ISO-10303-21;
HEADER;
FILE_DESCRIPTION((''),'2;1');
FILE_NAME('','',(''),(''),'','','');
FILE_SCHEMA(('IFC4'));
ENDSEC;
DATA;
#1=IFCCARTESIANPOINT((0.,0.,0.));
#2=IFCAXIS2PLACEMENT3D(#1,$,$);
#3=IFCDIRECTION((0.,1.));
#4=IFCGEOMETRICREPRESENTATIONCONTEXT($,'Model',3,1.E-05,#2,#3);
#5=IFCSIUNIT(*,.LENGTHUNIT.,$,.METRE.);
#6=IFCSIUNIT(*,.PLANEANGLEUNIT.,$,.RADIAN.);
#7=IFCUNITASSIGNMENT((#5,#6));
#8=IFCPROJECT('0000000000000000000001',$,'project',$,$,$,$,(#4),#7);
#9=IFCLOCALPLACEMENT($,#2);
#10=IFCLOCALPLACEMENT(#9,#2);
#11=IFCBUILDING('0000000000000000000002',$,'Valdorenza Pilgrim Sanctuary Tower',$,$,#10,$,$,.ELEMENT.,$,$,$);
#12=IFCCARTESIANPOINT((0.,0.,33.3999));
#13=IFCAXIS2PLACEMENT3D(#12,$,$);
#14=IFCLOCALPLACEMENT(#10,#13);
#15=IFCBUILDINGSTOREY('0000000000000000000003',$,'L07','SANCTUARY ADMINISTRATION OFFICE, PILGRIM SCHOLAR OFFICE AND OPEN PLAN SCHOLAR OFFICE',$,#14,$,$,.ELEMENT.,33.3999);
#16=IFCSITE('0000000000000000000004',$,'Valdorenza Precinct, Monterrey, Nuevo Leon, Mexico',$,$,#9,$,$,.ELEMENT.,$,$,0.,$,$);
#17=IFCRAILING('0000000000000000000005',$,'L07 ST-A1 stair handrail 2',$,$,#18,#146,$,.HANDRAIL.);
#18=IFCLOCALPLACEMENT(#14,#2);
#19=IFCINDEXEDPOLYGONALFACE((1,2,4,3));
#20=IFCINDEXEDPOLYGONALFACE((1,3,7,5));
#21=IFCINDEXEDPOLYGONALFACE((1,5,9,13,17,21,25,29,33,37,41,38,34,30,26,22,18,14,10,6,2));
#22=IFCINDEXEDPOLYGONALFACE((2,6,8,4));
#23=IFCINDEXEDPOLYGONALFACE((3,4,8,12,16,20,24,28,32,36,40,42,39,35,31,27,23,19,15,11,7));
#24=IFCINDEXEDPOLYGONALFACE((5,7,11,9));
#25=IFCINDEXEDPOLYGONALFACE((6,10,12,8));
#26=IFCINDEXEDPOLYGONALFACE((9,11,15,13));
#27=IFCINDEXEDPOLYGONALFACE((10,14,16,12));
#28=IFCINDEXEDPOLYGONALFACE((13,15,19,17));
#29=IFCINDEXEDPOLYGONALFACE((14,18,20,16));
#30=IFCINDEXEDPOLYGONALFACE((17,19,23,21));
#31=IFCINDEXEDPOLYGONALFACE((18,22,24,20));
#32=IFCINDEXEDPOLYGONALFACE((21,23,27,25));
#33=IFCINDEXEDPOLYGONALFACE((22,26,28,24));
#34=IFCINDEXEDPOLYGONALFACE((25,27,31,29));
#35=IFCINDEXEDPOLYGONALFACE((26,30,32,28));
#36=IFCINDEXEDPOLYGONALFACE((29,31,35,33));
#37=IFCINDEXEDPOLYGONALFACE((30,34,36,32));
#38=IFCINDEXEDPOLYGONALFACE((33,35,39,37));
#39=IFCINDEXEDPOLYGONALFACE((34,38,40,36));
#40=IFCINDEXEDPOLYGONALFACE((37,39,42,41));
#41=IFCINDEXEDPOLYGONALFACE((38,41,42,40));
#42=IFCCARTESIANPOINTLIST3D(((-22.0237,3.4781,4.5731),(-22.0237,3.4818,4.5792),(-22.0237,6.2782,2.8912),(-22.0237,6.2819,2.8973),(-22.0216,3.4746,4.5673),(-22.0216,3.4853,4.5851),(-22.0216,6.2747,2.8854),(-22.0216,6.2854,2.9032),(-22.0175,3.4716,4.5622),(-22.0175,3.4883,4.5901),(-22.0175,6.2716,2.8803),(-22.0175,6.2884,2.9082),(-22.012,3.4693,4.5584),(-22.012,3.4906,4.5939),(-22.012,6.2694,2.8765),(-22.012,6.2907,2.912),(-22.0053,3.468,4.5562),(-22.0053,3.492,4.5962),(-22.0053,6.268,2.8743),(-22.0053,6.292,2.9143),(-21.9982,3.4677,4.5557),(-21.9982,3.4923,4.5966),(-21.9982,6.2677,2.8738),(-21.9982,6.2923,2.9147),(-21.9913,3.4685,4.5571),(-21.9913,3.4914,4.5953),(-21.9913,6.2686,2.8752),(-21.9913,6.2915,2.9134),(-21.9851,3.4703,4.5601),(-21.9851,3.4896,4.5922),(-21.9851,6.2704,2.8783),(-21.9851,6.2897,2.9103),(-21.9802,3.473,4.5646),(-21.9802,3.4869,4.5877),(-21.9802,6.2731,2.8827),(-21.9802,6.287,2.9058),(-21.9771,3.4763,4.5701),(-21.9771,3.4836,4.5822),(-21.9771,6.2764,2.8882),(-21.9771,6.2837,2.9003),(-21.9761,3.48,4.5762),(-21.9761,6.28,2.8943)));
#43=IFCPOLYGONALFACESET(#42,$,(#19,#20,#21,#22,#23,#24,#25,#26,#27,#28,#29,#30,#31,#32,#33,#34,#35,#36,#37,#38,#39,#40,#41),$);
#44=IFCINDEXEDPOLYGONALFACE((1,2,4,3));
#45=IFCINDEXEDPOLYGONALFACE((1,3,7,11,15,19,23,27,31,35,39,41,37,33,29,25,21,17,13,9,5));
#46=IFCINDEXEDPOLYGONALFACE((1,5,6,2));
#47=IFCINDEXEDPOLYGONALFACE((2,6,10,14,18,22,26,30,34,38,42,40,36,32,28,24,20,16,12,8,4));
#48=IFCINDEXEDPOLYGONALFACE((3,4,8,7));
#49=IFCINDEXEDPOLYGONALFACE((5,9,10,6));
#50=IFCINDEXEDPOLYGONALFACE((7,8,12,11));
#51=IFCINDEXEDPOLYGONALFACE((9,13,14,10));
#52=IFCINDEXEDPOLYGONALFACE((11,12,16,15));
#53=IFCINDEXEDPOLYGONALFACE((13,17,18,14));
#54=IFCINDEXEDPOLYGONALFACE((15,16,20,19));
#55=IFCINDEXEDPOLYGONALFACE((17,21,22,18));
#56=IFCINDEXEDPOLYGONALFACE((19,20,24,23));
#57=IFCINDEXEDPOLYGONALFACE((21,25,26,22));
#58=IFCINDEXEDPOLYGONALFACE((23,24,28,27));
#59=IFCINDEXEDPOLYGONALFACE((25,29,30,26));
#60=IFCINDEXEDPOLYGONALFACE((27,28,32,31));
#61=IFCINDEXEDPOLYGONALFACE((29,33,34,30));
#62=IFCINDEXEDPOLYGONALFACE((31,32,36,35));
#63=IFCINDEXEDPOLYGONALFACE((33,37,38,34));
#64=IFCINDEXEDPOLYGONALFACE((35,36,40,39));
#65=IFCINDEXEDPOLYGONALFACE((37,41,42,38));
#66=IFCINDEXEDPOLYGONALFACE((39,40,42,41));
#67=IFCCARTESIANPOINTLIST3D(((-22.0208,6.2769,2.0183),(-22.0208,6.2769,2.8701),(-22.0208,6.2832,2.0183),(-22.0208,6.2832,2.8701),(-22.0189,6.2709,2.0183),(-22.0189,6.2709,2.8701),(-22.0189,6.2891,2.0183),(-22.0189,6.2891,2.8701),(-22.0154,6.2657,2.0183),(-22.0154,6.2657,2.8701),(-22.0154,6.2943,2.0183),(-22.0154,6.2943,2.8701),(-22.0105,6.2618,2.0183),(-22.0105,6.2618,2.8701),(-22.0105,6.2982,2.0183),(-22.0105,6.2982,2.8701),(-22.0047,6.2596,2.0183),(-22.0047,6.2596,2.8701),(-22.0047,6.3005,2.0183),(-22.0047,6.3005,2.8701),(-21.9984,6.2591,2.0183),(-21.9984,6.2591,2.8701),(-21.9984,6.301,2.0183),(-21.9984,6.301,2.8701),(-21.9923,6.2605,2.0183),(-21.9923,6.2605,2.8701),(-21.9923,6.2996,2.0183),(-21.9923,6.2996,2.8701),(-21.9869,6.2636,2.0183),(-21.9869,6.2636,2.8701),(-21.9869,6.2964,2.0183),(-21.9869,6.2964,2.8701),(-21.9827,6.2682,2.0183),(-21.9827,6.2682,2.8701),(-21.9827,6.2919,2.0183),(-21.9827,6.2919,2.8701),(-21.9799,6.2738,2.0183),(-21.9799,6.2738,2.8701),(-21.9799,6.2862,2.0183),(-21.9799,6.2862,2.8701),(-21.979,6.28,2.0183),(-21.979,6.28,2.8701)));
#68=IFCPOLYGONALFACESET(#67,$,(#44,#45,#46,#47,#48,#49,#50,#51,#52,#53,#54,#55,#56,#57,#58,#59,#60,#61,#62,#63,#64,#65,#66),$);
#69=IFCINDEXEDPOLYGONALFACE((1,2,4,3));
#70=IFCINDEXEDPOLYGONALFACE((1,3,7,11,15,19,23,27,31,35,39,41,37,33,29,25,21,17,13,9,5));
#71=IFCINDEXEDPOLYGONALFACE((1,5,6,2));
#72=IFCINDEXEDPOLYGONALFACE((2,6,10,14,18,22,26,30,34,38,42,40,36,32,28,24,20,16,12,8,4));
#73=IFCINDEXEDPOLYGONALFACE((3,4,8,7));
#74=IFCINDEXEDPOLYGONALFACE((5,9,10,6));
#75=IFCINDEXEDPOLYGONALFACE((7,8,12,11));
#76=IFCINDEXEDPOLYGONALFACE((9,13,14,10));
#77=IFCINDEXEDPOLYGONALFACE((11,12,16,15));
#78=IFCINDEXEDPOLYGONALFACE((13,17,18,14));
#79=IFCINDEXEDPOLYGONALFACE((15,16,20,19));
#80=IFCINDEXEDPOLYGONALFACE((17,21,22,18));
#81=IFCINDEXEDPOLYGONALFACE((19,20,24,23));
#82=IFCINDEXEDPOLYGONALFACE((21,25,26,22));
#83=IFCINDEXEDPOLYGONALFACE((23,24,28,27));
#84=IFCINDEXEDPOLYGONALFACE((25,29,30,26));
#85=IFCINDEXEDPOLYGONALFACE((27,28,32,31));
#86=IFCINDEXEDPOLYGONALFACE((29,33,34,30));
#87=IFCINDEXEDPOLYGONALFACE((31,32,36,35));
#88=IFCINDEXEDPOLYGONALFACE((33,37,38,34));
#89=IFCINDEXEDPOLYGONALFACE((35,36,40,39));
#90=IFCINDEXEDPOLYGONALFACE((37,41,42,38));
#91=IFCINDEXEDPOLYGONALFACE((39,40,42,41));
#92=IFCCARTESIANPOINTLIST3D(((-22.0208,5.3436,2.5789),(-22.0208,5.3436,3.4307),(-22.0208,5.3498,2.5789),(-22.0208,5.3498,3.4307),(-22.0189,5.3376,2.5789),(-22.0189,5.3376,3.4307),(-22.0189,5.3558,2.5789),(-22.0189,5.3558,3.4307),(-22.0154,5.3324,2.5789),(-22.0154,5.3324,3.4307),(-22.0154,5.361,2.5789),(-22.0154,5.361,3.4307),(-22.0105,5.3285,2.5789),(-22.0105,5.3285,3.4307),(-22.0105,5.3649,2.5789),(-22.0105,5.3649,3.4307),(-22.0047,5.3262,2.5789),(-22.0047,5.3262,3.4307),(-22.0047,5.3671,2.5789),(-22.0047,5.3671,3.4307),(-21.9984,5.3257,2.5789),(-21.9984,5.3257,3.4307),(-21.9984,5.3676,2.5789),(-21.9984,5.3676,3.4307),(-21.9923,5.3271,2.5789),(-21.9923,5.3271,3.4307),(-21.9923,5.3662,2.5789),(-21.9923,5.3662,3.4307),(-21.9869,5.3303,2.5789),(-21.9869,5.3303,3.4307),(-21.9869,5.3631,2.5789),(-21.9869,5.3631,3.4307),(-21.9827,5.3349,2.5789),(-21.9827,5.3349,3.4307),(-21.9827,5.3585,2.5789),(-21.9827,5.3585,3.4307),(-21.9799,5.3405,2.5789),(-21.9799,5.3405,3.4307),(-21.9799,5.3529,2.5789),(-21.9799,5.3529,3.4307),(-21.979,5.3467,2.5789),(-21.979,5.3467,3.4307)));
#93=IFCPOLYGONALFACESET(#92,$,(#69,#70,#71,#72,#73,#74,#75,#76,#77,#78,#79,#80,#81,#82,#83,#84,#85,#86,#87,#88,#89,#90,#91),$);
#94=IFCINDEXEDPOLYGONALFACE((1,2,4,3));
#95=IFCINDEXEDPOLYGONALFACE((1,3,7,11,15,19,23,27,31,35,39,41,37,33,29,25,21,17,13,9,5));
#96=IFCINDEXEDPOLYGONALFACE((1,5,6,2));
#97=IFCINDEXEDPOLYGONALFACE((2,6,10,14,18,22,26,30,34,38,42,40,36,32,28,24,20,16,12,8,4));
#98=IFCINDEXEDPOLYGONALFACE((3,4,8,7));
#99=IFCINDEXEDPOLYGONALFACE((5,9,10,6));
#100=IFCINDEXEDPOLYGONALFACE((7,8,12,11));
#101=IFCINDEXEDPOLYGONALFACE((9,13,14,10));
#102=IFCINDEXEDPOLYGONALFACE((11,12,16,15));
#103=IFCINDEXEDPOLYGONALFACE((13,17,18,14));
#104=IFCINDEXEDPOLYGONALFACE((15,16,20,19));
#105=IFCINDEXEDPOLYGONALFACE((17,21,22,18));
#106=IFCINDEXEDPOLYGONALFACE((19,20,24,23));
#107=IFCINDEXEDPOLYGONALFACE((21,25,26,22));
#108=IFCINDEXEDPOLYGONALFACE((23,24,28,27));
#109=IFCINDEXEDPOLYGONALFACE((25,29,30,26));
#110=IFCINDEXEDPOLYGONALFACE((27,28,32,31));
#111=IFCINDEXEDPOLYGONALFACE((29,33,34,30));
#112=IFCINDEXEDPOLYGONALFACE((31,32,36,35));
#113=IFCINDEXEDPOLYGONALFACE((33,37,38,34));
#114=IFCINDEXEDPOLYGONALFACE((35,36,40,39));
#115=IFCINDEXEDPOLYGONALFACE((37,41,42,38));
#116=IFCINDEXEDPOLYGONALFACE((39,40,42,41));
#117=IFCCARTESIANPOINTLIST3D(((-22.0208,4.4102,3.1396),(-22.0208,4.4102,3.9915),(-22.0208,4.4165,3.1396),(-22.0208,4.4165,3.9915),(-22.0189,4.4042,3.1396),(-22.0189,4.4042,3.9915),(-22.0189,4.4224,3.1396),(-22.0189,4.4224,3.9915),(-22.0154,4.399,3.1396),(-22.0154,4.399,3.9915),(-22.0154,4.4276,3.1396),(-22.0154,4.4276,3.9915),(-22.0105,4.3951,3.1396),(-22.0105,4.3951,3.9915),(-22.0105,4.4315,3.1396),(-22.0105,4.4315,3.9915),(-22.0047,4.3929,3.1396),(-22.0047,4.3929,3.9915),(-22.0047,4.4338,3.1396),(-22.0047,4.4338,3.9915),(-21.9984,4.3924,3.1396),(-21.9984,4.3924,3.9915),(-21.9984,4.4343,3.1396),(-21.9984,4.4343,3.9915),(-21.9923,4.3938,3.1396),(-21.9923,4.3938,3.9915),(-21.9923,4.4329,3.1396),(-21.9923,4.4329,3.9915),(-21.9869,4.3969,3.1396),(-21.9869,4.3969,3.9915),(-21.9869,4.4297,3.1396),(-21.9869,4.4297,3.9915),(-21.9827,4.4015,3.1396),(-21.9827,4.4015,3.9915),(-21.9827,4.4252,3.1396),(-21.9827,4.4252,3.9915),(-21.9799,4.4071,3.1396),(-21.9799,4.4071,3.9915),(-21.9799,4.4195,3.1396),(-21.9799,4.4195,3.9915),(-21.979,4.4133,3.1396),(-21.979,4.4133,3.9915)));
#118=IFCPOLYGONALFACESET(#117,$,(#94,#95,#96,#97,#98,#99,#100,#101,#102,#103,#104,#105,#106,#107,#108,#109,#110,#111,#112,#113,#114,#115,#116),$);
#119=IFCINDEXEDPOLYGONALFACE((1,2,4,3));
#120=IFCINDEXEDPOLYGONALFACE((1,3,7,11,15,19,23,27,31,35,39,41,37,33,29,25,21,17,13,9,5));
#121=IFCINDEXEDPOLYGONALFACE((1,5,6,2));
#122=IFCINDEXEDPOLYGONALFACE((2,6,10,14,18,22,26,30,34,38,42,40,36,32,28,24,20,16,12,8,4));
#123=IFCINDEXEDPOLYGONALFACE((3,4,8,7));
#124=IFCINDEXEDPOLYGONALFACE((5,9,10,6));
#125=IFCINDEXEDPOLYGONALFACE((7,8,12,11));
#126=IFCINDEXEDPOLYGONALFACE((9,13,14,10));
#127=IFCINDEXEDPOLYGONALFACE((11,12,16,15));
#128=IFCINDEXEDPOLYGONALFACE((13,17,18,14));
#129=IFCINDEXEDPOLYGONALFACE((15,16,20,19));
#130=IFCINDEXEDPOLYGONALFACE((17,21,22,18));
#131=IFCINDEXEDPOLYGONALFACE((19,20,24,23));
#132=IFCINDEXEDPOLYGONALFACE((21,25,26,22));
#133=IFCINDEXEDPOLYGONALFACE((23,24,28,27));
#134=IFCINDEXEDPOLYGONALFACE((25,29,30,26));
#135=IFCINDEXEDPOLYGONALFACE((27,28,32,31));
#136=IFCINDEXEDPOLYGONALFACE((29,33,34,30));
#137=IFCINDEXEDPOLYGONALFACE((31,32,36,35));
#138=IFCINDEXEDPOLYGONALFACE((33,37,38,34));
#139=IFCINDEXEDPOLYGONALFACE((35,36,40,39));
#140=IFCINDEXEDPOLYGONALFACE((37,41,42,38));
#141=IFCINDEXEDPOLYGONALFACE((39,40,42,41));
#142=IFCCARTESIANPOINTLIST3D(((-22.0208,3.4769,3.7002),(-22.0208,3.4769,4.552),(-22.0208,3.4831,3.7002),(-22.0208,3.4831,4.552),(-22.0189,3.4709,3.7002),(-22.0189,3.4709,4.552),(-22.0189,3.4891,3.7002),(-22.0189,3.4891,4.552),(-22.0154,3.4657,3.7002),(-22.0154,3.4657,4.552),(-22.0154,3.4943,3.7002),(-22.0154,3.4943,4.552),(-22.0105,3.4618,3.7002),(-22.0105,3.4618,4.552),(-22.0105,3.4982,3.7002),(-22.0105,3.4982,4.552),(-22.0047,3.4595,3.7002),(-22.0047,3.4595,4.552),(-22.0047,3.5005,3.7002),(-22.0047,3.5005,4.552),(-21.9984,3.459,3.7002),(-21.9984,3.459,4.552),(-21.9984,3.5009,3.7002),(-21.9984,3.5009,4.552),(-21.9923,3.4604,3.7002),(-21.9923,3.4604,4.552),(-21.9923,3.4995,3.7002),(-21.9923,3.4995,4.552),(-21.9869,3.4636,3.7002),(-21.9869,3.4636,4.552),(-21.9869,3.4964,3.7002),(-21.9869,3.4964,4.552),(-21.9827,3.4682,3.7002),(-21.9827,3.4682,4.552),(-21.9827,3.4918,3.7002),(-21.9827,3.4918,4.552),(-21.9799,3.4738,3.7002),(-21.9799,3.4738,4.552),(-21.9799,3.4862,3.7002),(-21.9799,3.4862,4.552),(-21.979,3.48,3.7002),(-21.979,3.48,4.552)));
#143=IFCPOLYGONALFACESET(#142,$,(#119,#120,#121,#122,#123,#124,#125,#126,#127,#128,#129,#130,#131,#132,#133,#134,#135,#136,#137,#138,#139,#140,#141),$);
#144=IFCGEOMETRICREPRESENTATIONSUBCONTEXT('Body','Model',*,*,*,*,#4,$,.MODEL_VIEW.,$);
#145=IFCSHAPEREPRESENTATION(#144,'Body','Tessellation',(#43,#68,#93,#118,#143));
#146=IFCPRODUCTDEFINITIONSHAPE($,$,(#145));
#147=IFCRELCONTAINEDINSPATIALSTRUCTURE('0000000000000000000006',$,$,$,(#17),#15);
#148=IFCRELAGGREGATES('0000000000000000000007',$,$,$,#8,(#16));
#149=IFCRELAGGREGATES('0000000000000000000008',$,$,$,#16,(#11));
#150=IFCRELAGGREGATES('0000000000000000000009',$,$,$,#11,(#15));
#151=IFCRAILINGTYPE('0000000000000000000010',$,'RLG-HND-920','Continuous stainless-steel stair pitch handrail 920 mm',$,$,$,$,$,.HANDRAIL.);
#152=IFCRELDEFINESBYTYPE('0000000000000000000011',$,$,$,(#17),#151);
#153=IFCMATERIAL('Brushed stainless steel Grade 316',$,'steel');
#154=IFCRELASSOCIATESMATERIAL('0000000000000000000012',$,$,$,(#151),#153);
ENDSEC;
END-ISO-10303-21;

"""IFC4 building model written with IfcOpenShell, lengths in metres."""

from ifc_helpers import new_model, si_unit, direction, frame, origin, origin_2d, place, context, subcontext, project, spatial, circle, extrude, material, type_object, element, save


model = new_model("IFC4")

# Units and contexts
model_context = context("Model", 3, precision=1e-05, world=origin(), true_north=direction((0.0, 1.0)))
body_context = subcontext(model_context, "Body", "Model", "MODEL_VIEW")
ifc_project = project(units=[si_unit("LENGTHUNIT", "METRE"), si_unit("PLANEANGLEUNIT", "RADIAN")], contexts=[model_context])

# Site, building, storey
site_placement = place(None, origin())
site = spatial("IfcSite", under=ifc_project, at=site_placement, Name="Valdorenza Precinct, Monterrey, Nuevo Leon, Mexico", CompositionType="ELEMENT", RefElevation=0.0)
building_placement = place(site_placement, origin())
building = spatial("IfcBuilding", under=site, at=building_placement, Name="Valdorenza Pilgrim Sanctuary Tower", CompositionType="ELEMENT")
storey_placement = place(building_placement, frame((0.0, 0.0, 33.3999)))
storey = spatial("IfcBuildingStorey", under=building, at=storey_placement, Name="L07", Description="SANCTUARY ADMINISTRATION OFFICE, PILGRIM SCHOLAR OFFICE AND OPEN PLAN SCHOLAR OFFICE", CompositionType="ELEMENT", Elevation=33.3999)

# Railing
ifc_material_1 = material(Name="Brushed stainless steel Grade 316", Category="steel")
railing_type_1 = type_object("IfcRailingType", Name="RLG-HND-920", Description="Continuous stainless-steel stair pitch handrail 920 mm", PredefinedType="HANDRAIL", material=ifc_material_1)
railing_1_placement = place(storey_placement, frame((-22.0, 6.28, 2.0183)))
element("IfcRailing", 1, at=railing_1_placement, inside=storey, type_object=railing_type_1, Name="L07 ST-A1 stair handrail 2", PredefinedType="HANDRAIL", context=body_context, shape_type="SweptSolid", body=[
    extrude(circle(Radius=0.0239, at=origin_2d()), frame((0.0, 0.0, 0.876), z_axis=(0.0, -0.857242, 0.514913), x_axis=(1.0, 0.0, 0.0)), (0.0, 0.0, 1.0), 3.2664),
    extrude(circle(Radius=0.021, at=origin_2d()), origin(), (0.0, 0.0, 1.0), 0.8518),
    extrude(circle(Radius=0.021, at=origin_2d()), frame((0.0, -0.9333, 0.5605)), (0.0, 0.0, 1.0), 0.8518),
    extrude(circle(Radius=0.021, at=origin_2d()), frame((0.0, -1.8667, 1.1213)), (0.0, 0.0, 1.0), 0.8518),
    extrude(circle(Radius=0.021, at=origin_2d()), frame((0.0, -2.8, 1.6819)), (0.0, 0.0, 1.0), 0.8518),
])

save(model, "model.ifc")
